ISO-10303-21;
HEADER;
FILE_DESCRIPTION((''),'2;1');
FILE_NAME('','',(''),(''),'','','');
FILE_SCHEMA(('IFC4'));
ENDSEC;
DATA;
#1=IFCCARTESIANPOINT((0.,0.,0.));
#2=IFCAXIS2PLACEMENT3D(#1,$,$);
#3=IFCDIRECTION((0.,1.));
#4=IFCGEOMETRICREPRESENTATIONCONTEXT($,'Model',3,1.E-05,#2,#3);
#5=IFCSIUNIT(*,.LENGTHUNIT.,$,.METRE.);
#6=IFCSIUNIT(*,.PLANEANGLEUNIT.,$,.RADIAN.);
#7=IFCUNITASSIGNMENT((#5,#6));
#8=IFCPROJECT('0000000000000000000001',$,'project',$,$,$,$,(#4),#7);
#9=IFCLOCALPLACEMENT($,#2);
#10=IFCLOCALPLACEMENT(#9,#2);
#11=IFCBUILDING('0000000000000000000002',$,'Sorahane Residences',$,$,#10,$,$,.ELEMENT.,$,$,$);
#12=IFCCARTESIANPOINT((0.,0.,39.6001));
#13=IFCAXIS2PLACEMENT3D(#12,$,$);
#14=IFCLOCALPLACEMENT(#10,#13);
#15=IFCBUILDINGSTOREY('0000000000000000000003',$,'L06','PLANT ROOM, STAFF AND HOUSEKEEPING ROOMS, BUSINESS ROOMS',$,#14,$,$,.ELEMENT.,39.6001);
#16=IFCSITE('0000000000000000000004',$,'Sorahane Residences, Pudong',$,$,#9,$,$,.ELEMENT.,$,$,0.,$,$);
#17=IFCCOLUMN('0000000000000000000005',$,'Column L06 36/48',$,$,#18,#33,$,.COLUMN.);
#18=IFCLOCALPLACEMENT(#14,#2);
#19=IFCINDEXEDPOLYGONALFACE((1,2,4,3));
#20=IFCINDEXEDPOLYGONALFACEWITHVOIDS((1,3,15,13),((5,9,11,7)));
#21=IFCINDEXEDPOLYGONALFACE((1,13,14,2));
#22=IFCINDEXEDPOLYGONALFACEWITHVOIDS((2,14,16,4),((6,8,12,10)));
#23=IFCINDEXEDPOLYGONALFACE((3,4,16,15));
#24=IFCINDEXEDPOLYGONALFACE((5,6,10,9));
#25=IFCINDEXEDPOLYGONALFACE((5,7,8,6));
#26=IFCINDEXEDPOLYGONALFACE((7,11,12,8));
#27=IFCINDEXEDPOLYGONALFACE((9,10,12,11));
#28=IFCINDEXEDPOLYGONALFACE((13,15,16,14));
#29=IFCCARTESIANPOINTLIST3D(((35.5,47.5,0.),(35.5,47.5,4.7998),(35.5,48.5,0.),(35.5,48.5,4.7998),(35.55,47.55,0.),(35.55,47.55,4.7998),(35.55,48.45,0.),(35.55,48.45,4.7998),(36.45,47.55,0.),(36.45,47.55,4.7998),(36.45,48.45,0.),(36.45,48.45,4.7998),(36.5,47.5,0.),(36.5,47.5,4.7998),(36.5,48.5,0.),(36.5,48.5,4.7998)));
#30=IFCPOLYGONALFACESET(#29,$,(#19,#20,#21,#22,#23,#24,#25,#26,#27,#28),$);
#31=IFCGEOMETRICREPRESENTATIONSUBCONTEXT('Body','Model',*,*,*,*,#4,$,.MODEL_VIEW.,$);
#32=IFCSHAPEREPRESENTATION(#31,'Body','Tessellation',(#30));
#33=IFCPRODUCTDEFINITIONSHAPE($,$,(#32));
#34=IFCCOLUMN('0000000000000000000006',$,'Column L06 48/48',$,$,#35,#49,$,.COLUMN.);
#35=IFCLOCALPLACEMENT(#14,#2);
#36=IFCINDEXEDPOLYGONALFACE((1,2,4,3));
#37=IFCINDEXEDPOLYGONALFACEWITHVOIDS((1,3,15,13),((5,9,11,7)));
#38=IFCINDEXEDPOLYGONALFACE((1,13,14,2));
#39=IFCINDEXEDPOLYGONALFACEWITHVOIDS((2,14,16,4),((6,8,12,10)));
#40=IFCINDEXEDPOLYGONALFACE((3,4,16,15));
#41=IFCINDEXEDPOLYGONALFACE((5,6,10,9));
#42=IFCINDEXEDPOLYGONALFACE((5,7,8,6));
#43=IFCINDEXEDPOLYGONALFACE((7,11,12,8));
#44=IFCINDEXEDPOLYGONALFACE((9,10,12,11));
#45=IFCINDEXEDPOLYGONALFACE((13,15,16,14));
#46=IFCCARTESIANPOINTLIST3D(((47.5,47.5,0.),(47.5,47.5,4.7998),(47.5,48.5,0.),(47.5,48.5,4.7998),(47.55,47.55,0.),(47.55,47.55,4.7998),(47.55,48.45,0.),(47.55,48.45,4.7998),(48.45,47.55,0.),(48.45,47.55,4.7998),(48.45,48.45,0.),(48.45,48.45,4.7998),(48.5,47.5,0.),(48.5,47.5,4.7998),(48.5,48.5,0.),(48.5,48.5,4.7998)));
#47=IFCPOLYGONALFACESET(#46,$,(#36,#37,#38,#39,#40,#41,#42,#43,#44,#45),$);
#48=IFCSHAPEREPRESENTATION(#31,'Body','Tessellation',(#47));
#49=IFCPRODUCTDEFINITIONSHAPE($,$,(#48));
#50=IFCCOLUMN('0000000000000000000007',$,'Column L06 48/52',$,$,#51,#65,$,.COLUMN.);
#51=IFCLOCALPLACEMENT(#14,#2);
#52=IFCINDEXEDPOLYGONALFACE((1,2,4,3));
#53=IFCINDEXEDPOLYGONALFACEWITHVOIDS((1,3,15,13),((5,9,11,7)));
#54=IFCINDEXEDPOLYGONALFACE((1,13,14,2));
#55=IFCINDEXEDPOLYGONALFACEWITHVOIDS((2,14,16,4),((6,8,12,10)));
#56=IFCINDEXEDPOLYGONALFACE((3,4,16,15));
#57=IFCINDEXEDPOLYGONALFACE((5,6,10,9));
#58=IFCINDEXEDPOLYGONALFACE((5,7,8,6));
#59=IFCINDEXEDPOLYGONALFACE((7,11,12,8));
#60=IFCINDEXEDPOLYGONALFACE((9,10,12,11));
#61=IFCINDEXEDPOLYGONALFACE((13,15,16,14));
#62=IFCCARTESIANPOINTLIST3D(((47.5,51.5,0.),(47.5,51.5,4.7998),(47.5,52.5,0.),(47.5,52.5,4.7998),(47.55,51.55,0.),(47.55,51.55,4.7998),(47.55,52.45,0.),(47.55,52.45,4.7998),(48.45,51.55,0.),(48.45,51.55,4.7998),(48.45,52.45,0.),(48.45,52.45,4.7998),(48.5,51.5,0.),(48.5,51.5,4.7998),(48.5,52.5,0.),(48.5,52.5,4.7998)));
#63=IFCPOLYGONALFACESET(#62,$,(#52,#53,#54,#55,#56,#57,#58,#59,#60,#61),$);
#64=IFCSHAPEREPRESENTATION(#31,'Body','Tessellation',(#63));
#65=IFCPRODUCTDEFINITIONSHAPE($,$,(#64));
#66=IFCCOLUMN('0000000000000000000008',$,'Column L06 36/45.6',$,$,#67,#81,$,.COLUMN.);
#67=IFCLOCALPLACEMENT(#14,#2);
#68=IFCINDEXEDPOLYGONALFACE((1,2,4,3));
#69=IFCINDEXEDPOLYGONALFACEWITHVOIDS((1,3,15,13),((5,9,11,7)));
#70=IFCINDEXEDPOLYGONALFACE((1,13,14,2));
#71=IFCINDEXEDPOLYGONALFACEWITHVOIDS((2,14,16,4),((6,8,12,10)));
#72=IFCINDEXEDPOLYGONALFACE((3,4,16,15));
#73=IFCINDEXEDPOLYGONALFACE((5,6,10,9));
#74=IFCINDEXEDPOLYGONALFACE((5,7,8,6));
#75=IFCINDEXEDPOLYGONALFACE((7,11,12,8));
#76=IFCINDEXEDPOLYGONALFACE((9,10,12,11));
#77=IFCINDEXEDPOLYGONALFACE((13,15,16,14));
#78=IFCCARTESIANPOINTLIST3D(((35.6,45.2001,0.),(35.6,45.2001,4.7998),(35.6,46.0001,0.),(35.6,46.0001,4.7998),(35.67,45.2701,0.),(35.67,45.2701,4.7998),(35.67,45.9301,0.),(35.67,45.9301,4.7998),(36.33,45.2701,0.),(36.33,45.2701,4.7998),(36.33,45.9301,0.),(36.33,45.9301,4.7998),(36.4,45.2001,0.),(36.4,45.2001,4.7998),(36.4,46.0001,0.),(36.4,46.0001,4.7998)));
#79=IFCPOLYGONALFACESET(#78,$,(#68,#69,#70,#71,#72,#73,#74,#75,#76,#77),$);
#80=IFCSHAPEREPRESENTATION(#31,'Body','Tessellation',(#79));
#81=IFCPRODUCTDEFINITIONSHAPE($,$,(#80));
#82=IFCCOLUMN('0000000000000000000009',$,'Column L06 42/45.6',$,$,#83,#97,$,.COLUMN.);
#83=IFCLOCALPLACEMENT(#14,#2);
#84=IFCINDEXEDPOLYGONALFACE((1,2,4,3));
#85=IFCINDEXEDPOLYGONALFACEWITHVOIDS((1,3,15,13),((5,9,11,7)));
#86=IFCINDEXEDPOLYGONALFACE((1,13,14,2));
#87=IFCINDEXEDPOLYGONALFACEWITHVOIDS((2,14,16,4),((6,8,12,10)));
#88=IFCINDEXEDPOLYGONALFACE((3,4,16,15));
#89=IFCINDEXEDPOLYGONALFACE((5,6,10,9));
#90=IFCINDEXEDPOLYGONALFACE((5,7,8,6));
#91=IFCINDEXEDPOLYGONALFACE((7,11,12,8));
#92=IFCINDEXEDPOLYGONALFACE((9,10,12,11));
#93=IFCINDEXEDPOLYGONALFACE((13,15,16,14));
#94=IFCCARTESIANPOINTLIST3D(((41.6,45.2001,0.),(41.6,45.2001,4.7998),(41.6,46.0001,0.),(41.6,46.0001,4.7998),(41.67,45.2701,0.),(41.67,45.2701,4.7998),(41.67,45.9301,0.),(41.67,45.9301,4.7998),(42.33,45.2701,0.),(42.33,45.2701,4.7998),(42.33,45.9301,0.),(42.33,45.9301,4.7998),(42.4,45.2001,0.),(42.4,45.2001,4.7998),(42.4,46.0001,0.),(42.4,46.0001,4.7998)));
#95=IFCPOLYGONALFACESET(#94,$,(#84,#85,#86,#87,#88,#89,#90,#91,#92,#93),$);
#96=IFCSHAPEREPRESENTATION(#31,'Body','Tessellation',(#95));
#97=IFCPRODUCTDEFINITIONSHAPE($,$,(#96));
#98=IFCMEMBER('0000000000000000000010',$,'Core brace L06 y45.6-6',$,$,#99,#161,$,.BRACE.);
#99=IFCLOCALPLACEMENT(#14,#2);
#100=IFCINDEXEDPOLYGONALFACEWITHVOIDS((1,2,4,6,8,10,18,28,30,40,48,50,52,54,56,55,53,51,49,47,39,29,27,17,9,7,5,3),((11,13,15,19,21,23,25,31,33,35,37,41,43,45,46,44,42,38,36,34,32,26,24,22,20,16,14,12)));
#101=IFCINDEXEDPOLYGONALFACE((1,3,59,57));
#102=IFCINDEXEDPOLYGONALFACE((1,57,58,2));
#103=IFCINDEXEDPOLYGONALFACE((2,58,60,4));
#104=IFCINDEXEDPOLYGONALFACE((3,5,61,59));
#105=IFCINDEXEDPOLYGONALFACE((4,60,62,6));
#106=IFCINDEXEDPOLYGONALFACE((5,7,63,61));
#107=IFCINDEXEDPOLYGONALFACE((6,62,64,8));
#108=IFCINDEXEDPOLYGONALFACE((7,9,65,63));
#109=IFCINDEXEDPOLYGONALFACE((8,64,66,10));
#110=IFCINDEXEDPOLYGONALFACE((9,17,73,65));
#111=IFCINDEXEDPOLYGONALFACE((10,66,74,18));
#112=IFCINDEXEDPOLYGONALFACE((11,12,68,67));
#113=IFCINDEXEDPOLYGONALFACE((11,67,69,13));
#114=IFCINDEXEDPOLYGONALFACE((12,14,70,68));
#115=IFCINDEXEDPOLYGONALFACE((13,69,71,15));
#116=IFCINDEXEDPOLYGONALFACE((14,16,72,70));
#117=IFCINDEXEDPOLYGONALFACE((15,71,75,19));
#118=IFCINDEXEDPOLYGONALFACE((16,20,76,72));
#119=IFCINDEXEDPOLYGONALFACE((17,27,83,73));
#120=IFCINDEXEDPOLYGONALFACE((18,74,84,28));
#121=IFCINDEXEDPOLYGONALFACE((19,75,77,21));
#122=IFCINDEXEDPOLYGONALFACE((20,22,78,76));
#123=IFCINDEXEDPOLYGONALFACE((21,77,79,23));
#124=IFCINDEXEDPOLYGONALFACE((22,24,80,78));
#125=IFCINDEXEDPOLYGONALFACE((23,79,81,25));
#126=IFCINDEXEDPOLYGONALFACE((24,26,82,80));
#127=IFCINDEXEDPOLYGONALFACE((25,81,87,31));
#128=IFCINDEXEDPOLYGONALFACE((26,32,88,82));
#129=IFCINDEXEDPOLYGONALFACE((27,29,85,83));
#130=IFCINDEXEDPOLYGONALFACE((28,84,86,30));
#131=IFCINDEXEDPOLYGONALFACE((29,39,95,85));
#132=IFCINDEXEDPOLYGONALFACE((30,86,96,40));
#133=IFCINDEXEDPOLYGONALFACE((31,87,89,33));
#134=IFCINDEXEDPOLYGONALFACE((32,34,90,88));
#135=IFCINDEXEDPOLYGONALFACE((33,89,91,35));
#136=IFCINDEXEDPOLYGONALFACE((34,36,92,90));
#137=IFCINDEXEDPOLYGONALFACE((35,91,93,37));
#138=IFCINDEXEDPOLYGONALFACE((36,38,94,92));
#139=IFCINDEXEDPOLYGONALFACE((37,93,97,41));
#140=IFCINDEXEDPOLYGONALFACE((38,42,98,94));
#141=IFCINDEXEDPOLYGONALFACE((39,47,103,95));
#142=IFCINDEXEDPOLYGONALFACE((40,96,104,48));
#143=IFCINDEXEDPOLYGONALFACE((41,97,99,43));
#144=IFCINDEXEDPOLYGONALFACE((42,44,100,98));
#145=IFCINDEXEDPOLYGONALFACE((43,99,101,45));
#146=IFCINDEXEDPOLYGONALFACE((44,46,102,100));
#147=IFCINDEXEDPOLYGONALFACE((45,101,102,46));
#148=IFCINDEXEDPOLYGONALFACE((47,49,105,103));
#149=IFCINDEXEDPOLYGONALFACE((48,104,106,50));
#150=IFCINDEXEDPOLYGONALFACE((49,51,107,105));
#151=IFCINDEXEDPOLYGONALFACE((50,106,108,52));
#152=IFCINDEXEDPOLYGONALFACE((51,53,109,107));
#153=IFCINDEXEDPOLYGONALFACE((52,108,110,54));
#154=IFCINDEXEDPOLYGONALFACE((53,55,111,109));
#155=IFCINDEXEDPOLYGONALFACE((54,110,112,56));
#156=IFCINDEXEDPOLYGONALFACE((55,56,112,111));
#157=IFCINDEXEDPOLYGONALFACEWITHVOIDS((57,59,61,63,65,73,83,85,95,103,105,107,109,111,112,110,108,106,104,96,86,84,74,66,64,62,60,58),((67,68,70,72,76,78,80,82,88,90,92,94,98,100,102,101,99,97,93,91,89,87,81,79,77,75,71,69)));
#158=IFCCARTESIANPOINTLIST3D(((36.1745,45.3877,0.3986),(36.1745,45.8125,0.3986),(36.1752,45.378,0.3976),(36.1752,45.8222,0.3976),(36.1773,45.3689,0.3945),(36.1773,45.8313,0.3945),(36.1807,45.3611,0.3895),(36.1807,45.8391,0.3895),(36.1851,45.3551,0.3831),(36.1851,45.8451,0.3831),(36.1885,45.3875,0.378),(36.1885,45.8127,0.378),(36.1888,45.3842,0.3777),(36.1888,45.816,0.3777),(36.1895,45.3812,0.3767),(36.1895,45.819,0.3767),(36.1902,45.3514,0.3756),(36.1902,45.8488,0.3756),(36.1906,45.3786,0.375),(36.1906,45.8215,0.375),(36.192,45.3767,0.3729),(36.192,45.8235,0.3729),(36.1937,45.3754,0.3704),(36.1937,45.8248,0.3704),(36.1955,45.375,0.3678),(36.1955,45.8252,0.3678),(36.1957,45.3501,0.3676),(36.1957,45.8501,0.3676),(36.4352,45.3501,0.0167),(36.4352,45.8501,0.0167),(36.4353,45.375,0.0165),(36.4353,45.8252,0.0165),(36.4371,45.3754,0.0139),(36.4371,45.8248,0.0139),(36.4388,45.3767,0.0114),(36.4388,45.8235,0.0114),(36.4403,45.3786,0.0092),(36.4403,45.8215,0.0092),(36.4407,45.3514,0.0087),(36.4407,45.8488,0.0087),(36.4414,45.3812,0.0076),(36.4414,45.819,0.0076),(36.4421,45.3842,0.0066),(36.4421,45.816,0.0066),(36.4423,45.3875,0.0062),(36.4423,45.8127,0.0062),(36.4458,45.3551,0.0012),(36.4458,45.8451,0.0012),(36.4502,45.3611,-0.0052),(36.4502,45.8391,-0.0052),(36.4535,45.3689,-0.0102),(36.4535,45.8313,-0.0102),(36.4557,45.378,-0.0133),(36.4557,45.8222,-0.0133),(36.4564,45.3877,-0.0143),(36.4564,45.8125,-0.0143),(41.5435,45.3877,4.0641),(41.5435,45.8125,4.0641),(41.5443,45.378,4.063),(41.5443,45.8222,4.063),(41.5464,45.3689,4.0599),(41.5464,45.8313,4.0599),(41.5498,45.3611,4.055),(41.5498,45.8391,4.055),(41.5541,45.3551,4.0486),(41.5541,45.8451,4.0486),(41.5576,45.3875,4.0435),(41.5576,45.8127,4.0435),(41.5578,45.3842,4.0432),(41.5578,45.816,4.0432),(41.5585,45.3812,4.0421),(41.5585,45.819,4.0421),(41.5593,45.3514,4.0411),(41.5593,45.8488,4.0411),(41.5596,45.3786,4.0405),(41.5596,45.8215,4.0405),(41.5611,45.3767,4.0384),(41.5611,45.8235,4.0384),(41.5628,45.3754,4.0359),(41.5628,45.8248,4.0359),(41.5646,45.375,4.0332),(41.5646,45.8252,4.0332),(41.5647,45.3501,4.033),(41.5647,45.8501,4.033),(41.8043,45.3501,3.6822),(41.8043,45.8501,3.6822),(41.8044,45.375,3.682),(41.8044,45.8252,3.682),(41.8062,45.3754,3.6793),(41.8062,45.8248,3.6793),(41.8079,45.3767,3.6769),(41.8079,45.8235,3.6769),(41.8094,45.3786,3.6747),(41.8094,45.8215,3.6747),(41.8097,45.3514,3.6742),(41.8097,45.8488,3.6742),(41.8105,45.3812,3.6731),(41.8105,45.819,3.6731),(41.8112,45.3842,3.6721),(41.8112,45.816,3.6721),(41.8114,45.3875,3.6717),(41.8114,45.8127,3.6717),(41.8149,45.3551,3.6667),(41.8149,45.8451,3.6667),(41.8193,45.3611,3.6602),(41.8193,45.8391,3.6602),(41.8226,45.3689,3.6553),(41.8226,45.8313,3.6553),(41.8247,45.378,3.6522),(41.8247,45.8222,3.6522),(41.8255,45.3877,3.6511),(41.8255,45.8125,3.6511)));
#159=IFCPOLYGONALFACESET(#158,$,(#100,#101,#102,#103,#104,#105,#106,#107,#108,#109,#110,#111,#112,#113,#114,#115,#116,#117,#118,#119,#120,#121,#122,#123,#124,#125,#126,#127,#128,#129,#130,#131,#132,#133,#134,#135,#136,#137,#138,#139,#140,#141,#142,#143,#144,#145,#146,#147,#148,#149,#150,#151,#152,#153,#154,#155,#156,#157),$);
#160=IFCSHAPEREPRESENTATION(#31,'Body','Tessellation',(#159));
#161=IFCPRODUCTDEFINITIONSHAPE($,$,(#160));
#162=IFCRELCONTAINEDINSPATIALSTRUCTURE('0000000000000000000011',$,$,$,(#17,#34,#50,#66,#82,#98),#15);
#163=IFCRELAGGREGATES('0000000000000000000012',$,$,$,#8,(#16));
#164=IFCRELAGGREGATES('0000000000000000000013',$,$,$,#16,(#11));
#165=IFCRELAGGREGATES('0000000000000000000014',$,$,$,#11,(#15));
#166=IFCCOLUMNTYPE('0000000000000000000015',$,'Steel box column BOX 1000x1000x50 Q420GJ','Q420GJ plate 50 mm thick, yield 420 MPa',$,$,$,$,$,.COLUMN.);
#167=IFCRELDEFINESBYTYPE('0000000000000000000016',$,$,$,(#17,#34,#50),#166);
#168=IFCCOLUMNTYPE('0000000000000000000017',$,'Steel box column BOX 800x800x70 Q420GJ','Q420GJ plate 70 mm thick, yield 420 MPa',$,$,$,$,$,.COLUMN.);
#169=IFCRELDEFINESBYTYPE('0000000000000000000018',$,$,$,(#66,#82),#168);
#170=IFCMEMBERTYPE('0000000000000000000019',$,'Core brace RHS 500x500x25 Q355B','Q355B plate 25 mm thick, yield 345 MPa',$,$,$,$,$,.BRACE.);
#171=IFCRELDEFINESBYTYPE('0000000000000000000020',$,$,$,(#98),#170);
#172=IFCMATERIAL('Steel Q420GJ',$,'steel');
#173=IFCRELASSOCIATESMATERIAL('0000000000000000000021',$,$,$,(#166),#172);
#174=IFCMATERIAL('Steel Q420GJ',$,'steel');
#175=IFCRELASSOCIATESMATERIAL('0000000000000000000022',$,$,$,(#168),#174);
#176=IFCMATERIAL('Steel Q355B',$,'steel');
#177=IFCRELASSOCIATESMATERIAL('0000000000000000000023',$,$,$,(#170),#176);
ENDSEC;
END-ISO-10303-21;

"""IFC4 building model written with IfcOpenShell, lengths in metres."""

from ifc_helpers import new_model, si_unit, direction, frame, origin, origin_2d, place, context, subcontext, project, spatial, hollow_rectangle, extrude, material, material_profile, profile_set, type_object, element, save


model = new_model("IFC4")

# Units and contexts
model_context = context("Model", 3, precision=1e-05, world=origin(), true_north=direction((0.0, 1.0)))
body_context = subcontext(model_context, "Body", "Model", "MODEL_VIEW")
ifc_project = project(units=[si_unit("LENGTHUNIT", "METRE"), si_unit("PLANEANGLEUNIT", "RADIAN")], contexts=[model_context])

# Site, building, storey
site_placement = place(None, origin())
site = spatial("IfcSite", under=ifc_project, at=site_placement, Name="Sorahane Residences, Pudong", CompositionType="ELEMENT", RefElevation=0.0)
building_placement = place(site_placement, origin())
building = spatial("IfcBuilding", under=site, at=building_placement, Name="Sorahane Residences", CompositionType="ELEMENT")
storey_placement = place(building_placement, frame((0.0, 0.0, 39.6001)))
storey = spatial("IfcBuildingStorey", under=building, at=storey_placement, Name="L06", Description="PLANT ROOM, STAFF AND HOUSEKEEPING ROOMS, BUSINESS ROOMS", CompositionType="ELEMENT", Elevation=39.6001)

# Columns
ifc_material_1 = material(Name="Steel Q420GJ", Category="steel")
ifc_material_profile_1 = material_profile(ifc_material_1, hollow_rectangle(XDim=1.0, YDim=1.0, WallThickness=0.05, at=origin_2d()), Name="BOX 1000x1000x50")
ifc_profile_set_1 = profile_set([ifc_material_profile_1], Name="Steel Q420GJ")
column_type_1 = type_object("IfcColumnType", Name="Steel box column BOX 1000x1000x50 Q420GJ", Description="Q420GJ plate 50 mm thick, yield 420 MPa", PredefinedType="COLUMN", material=ifc_profile_set_1)
for number, where, z_axis, x_axis, name in (
    (1, (36.0, 48.0, 0.0), (0.0, 0.0, 1.0), (1.0, 0.0, 0.0), "Column L06 36/48"),
    (2, (48.0, 48.0, 0.0), (0.0, 0.0, 1.0), (1.0, 0.0, 0.0), "Column L06 48/48"),
    (3, (48.0, 52.0, 0.0), (0.0, 0.0, 1.0), (1.0, 0.0, 0.0), "Column L06 48/52"),
):
    element("IfcColumn", number, at=place(storey_placement, frame(where, z_axis=z_axis, x_axis=x_axis)), inside=storey, type_object=column_type_1, Name=name, PredefinedType="COLUMN", context=body_context, shape_type="SweptSolid", body=[
        extrude(hollow_rectangle(XDim=1.0, YDim=1.0, WallThickness=0.05, at=origin_2d()), origin(), (0.0, 0.0, 1.0), 4.7998),
    ])
ifc_material_2 = material(Name="Steel Q420GJ", Category="steel")
ifc_material_profile_2 = material_profile(ifc_material_2, hollow_rectangle(XDim=0.8, YDim=0.8, WallThickness=0.0701, at=origin_2d()), Name="BOX 800x800x70")
ifc_profile_set_2 = profile_set([ifc_material_profile_2], Name="Steel Q420GJ")
column_type_2 = type_object("IfcColumnType", Name="Steel box column BOX 800x800x70 Q420GJ", Description="Q420GJ plate 70 mm thick, yield 420 MPa", PredefinedType="COLUMN", material=ifc_profile_set_2)
for number, where, z_axis, x_axis, name in (
    (4, (36.0, 45.6001, 0.0), (0.0, 0.0, 1.0), (1.0, 0.0, 0.0), "Column L06 36/45.6"),
    (5, (42.0, 45.6001, 0.0), (0.0, 0.0, 1.0), (1.0, 0.0, 0.0), "Column L06 42/45.6"),
):
    element("IfcColumn", number, at=place(storey_placement, frame(where, z_axis=z_axis, x_axis=x_axis)), inside=storey, type_object=column_type_2, Name=name, PredefinedType="COLUMN", context=body_context, shape_type="SweptSolid", body=[
        extrude(hollow_rectangle(XDim=0.8, YDim=0.8, WallThickness=0.0701, at=origin_2d()), origin(), (0.0, 0.0, 1.0), 4.7998),
    ])

# Member
ifc_material_3 = material(Name="Steel Q355B", Category="steel")
ifc_material_profile_3 = material_profile(ifc_material_3, hollow_rectangle(XDim=0.5, YDim=0.5, WallThickness=0.0249, InnerFilletRadius=0.0125, OuterFilletRadius=0.0376, at=origin_2d()), Name="RHS 500x500x25")
ifc_profile_set_3 = profile_set([ifc_material_profile_3], Name="Steel Q355B")
member_type_1 = type_object("IfcMemberType", Name="Core brace RHS 500x500x25 Q355B", Description="Q355B plate 25 mm thick, yield 345 MPa", PredefinedType="BRACE", material=ifc_profile_set_3)
member_1_placement = place(storey_placement, frame((36.3154, 45.6001, 0.1921), z_axis=(0.825887, 0.0, 0.563835), x_axis=(0.0, 1.0, 0.0)))
element("IfcMember", 6, at=member_1_placement, inside=storey, type_object=member_type_1, Name="Core brace L06 y45.6-6", PredefinedType="BRACE", context=body_context, shape_type="SweptSolid", body=[
    extrude(hollow_rectangle(XDim=0.5, YDim=0.5, WallThickness=0.0249, InnerFilletRadius=0.0125, OuterFilletRadius=0.0376, at=origin_2d()), origin(), (0.0, 0.0, 1.0), 6.501),
])

save(model, "model.ifc")
